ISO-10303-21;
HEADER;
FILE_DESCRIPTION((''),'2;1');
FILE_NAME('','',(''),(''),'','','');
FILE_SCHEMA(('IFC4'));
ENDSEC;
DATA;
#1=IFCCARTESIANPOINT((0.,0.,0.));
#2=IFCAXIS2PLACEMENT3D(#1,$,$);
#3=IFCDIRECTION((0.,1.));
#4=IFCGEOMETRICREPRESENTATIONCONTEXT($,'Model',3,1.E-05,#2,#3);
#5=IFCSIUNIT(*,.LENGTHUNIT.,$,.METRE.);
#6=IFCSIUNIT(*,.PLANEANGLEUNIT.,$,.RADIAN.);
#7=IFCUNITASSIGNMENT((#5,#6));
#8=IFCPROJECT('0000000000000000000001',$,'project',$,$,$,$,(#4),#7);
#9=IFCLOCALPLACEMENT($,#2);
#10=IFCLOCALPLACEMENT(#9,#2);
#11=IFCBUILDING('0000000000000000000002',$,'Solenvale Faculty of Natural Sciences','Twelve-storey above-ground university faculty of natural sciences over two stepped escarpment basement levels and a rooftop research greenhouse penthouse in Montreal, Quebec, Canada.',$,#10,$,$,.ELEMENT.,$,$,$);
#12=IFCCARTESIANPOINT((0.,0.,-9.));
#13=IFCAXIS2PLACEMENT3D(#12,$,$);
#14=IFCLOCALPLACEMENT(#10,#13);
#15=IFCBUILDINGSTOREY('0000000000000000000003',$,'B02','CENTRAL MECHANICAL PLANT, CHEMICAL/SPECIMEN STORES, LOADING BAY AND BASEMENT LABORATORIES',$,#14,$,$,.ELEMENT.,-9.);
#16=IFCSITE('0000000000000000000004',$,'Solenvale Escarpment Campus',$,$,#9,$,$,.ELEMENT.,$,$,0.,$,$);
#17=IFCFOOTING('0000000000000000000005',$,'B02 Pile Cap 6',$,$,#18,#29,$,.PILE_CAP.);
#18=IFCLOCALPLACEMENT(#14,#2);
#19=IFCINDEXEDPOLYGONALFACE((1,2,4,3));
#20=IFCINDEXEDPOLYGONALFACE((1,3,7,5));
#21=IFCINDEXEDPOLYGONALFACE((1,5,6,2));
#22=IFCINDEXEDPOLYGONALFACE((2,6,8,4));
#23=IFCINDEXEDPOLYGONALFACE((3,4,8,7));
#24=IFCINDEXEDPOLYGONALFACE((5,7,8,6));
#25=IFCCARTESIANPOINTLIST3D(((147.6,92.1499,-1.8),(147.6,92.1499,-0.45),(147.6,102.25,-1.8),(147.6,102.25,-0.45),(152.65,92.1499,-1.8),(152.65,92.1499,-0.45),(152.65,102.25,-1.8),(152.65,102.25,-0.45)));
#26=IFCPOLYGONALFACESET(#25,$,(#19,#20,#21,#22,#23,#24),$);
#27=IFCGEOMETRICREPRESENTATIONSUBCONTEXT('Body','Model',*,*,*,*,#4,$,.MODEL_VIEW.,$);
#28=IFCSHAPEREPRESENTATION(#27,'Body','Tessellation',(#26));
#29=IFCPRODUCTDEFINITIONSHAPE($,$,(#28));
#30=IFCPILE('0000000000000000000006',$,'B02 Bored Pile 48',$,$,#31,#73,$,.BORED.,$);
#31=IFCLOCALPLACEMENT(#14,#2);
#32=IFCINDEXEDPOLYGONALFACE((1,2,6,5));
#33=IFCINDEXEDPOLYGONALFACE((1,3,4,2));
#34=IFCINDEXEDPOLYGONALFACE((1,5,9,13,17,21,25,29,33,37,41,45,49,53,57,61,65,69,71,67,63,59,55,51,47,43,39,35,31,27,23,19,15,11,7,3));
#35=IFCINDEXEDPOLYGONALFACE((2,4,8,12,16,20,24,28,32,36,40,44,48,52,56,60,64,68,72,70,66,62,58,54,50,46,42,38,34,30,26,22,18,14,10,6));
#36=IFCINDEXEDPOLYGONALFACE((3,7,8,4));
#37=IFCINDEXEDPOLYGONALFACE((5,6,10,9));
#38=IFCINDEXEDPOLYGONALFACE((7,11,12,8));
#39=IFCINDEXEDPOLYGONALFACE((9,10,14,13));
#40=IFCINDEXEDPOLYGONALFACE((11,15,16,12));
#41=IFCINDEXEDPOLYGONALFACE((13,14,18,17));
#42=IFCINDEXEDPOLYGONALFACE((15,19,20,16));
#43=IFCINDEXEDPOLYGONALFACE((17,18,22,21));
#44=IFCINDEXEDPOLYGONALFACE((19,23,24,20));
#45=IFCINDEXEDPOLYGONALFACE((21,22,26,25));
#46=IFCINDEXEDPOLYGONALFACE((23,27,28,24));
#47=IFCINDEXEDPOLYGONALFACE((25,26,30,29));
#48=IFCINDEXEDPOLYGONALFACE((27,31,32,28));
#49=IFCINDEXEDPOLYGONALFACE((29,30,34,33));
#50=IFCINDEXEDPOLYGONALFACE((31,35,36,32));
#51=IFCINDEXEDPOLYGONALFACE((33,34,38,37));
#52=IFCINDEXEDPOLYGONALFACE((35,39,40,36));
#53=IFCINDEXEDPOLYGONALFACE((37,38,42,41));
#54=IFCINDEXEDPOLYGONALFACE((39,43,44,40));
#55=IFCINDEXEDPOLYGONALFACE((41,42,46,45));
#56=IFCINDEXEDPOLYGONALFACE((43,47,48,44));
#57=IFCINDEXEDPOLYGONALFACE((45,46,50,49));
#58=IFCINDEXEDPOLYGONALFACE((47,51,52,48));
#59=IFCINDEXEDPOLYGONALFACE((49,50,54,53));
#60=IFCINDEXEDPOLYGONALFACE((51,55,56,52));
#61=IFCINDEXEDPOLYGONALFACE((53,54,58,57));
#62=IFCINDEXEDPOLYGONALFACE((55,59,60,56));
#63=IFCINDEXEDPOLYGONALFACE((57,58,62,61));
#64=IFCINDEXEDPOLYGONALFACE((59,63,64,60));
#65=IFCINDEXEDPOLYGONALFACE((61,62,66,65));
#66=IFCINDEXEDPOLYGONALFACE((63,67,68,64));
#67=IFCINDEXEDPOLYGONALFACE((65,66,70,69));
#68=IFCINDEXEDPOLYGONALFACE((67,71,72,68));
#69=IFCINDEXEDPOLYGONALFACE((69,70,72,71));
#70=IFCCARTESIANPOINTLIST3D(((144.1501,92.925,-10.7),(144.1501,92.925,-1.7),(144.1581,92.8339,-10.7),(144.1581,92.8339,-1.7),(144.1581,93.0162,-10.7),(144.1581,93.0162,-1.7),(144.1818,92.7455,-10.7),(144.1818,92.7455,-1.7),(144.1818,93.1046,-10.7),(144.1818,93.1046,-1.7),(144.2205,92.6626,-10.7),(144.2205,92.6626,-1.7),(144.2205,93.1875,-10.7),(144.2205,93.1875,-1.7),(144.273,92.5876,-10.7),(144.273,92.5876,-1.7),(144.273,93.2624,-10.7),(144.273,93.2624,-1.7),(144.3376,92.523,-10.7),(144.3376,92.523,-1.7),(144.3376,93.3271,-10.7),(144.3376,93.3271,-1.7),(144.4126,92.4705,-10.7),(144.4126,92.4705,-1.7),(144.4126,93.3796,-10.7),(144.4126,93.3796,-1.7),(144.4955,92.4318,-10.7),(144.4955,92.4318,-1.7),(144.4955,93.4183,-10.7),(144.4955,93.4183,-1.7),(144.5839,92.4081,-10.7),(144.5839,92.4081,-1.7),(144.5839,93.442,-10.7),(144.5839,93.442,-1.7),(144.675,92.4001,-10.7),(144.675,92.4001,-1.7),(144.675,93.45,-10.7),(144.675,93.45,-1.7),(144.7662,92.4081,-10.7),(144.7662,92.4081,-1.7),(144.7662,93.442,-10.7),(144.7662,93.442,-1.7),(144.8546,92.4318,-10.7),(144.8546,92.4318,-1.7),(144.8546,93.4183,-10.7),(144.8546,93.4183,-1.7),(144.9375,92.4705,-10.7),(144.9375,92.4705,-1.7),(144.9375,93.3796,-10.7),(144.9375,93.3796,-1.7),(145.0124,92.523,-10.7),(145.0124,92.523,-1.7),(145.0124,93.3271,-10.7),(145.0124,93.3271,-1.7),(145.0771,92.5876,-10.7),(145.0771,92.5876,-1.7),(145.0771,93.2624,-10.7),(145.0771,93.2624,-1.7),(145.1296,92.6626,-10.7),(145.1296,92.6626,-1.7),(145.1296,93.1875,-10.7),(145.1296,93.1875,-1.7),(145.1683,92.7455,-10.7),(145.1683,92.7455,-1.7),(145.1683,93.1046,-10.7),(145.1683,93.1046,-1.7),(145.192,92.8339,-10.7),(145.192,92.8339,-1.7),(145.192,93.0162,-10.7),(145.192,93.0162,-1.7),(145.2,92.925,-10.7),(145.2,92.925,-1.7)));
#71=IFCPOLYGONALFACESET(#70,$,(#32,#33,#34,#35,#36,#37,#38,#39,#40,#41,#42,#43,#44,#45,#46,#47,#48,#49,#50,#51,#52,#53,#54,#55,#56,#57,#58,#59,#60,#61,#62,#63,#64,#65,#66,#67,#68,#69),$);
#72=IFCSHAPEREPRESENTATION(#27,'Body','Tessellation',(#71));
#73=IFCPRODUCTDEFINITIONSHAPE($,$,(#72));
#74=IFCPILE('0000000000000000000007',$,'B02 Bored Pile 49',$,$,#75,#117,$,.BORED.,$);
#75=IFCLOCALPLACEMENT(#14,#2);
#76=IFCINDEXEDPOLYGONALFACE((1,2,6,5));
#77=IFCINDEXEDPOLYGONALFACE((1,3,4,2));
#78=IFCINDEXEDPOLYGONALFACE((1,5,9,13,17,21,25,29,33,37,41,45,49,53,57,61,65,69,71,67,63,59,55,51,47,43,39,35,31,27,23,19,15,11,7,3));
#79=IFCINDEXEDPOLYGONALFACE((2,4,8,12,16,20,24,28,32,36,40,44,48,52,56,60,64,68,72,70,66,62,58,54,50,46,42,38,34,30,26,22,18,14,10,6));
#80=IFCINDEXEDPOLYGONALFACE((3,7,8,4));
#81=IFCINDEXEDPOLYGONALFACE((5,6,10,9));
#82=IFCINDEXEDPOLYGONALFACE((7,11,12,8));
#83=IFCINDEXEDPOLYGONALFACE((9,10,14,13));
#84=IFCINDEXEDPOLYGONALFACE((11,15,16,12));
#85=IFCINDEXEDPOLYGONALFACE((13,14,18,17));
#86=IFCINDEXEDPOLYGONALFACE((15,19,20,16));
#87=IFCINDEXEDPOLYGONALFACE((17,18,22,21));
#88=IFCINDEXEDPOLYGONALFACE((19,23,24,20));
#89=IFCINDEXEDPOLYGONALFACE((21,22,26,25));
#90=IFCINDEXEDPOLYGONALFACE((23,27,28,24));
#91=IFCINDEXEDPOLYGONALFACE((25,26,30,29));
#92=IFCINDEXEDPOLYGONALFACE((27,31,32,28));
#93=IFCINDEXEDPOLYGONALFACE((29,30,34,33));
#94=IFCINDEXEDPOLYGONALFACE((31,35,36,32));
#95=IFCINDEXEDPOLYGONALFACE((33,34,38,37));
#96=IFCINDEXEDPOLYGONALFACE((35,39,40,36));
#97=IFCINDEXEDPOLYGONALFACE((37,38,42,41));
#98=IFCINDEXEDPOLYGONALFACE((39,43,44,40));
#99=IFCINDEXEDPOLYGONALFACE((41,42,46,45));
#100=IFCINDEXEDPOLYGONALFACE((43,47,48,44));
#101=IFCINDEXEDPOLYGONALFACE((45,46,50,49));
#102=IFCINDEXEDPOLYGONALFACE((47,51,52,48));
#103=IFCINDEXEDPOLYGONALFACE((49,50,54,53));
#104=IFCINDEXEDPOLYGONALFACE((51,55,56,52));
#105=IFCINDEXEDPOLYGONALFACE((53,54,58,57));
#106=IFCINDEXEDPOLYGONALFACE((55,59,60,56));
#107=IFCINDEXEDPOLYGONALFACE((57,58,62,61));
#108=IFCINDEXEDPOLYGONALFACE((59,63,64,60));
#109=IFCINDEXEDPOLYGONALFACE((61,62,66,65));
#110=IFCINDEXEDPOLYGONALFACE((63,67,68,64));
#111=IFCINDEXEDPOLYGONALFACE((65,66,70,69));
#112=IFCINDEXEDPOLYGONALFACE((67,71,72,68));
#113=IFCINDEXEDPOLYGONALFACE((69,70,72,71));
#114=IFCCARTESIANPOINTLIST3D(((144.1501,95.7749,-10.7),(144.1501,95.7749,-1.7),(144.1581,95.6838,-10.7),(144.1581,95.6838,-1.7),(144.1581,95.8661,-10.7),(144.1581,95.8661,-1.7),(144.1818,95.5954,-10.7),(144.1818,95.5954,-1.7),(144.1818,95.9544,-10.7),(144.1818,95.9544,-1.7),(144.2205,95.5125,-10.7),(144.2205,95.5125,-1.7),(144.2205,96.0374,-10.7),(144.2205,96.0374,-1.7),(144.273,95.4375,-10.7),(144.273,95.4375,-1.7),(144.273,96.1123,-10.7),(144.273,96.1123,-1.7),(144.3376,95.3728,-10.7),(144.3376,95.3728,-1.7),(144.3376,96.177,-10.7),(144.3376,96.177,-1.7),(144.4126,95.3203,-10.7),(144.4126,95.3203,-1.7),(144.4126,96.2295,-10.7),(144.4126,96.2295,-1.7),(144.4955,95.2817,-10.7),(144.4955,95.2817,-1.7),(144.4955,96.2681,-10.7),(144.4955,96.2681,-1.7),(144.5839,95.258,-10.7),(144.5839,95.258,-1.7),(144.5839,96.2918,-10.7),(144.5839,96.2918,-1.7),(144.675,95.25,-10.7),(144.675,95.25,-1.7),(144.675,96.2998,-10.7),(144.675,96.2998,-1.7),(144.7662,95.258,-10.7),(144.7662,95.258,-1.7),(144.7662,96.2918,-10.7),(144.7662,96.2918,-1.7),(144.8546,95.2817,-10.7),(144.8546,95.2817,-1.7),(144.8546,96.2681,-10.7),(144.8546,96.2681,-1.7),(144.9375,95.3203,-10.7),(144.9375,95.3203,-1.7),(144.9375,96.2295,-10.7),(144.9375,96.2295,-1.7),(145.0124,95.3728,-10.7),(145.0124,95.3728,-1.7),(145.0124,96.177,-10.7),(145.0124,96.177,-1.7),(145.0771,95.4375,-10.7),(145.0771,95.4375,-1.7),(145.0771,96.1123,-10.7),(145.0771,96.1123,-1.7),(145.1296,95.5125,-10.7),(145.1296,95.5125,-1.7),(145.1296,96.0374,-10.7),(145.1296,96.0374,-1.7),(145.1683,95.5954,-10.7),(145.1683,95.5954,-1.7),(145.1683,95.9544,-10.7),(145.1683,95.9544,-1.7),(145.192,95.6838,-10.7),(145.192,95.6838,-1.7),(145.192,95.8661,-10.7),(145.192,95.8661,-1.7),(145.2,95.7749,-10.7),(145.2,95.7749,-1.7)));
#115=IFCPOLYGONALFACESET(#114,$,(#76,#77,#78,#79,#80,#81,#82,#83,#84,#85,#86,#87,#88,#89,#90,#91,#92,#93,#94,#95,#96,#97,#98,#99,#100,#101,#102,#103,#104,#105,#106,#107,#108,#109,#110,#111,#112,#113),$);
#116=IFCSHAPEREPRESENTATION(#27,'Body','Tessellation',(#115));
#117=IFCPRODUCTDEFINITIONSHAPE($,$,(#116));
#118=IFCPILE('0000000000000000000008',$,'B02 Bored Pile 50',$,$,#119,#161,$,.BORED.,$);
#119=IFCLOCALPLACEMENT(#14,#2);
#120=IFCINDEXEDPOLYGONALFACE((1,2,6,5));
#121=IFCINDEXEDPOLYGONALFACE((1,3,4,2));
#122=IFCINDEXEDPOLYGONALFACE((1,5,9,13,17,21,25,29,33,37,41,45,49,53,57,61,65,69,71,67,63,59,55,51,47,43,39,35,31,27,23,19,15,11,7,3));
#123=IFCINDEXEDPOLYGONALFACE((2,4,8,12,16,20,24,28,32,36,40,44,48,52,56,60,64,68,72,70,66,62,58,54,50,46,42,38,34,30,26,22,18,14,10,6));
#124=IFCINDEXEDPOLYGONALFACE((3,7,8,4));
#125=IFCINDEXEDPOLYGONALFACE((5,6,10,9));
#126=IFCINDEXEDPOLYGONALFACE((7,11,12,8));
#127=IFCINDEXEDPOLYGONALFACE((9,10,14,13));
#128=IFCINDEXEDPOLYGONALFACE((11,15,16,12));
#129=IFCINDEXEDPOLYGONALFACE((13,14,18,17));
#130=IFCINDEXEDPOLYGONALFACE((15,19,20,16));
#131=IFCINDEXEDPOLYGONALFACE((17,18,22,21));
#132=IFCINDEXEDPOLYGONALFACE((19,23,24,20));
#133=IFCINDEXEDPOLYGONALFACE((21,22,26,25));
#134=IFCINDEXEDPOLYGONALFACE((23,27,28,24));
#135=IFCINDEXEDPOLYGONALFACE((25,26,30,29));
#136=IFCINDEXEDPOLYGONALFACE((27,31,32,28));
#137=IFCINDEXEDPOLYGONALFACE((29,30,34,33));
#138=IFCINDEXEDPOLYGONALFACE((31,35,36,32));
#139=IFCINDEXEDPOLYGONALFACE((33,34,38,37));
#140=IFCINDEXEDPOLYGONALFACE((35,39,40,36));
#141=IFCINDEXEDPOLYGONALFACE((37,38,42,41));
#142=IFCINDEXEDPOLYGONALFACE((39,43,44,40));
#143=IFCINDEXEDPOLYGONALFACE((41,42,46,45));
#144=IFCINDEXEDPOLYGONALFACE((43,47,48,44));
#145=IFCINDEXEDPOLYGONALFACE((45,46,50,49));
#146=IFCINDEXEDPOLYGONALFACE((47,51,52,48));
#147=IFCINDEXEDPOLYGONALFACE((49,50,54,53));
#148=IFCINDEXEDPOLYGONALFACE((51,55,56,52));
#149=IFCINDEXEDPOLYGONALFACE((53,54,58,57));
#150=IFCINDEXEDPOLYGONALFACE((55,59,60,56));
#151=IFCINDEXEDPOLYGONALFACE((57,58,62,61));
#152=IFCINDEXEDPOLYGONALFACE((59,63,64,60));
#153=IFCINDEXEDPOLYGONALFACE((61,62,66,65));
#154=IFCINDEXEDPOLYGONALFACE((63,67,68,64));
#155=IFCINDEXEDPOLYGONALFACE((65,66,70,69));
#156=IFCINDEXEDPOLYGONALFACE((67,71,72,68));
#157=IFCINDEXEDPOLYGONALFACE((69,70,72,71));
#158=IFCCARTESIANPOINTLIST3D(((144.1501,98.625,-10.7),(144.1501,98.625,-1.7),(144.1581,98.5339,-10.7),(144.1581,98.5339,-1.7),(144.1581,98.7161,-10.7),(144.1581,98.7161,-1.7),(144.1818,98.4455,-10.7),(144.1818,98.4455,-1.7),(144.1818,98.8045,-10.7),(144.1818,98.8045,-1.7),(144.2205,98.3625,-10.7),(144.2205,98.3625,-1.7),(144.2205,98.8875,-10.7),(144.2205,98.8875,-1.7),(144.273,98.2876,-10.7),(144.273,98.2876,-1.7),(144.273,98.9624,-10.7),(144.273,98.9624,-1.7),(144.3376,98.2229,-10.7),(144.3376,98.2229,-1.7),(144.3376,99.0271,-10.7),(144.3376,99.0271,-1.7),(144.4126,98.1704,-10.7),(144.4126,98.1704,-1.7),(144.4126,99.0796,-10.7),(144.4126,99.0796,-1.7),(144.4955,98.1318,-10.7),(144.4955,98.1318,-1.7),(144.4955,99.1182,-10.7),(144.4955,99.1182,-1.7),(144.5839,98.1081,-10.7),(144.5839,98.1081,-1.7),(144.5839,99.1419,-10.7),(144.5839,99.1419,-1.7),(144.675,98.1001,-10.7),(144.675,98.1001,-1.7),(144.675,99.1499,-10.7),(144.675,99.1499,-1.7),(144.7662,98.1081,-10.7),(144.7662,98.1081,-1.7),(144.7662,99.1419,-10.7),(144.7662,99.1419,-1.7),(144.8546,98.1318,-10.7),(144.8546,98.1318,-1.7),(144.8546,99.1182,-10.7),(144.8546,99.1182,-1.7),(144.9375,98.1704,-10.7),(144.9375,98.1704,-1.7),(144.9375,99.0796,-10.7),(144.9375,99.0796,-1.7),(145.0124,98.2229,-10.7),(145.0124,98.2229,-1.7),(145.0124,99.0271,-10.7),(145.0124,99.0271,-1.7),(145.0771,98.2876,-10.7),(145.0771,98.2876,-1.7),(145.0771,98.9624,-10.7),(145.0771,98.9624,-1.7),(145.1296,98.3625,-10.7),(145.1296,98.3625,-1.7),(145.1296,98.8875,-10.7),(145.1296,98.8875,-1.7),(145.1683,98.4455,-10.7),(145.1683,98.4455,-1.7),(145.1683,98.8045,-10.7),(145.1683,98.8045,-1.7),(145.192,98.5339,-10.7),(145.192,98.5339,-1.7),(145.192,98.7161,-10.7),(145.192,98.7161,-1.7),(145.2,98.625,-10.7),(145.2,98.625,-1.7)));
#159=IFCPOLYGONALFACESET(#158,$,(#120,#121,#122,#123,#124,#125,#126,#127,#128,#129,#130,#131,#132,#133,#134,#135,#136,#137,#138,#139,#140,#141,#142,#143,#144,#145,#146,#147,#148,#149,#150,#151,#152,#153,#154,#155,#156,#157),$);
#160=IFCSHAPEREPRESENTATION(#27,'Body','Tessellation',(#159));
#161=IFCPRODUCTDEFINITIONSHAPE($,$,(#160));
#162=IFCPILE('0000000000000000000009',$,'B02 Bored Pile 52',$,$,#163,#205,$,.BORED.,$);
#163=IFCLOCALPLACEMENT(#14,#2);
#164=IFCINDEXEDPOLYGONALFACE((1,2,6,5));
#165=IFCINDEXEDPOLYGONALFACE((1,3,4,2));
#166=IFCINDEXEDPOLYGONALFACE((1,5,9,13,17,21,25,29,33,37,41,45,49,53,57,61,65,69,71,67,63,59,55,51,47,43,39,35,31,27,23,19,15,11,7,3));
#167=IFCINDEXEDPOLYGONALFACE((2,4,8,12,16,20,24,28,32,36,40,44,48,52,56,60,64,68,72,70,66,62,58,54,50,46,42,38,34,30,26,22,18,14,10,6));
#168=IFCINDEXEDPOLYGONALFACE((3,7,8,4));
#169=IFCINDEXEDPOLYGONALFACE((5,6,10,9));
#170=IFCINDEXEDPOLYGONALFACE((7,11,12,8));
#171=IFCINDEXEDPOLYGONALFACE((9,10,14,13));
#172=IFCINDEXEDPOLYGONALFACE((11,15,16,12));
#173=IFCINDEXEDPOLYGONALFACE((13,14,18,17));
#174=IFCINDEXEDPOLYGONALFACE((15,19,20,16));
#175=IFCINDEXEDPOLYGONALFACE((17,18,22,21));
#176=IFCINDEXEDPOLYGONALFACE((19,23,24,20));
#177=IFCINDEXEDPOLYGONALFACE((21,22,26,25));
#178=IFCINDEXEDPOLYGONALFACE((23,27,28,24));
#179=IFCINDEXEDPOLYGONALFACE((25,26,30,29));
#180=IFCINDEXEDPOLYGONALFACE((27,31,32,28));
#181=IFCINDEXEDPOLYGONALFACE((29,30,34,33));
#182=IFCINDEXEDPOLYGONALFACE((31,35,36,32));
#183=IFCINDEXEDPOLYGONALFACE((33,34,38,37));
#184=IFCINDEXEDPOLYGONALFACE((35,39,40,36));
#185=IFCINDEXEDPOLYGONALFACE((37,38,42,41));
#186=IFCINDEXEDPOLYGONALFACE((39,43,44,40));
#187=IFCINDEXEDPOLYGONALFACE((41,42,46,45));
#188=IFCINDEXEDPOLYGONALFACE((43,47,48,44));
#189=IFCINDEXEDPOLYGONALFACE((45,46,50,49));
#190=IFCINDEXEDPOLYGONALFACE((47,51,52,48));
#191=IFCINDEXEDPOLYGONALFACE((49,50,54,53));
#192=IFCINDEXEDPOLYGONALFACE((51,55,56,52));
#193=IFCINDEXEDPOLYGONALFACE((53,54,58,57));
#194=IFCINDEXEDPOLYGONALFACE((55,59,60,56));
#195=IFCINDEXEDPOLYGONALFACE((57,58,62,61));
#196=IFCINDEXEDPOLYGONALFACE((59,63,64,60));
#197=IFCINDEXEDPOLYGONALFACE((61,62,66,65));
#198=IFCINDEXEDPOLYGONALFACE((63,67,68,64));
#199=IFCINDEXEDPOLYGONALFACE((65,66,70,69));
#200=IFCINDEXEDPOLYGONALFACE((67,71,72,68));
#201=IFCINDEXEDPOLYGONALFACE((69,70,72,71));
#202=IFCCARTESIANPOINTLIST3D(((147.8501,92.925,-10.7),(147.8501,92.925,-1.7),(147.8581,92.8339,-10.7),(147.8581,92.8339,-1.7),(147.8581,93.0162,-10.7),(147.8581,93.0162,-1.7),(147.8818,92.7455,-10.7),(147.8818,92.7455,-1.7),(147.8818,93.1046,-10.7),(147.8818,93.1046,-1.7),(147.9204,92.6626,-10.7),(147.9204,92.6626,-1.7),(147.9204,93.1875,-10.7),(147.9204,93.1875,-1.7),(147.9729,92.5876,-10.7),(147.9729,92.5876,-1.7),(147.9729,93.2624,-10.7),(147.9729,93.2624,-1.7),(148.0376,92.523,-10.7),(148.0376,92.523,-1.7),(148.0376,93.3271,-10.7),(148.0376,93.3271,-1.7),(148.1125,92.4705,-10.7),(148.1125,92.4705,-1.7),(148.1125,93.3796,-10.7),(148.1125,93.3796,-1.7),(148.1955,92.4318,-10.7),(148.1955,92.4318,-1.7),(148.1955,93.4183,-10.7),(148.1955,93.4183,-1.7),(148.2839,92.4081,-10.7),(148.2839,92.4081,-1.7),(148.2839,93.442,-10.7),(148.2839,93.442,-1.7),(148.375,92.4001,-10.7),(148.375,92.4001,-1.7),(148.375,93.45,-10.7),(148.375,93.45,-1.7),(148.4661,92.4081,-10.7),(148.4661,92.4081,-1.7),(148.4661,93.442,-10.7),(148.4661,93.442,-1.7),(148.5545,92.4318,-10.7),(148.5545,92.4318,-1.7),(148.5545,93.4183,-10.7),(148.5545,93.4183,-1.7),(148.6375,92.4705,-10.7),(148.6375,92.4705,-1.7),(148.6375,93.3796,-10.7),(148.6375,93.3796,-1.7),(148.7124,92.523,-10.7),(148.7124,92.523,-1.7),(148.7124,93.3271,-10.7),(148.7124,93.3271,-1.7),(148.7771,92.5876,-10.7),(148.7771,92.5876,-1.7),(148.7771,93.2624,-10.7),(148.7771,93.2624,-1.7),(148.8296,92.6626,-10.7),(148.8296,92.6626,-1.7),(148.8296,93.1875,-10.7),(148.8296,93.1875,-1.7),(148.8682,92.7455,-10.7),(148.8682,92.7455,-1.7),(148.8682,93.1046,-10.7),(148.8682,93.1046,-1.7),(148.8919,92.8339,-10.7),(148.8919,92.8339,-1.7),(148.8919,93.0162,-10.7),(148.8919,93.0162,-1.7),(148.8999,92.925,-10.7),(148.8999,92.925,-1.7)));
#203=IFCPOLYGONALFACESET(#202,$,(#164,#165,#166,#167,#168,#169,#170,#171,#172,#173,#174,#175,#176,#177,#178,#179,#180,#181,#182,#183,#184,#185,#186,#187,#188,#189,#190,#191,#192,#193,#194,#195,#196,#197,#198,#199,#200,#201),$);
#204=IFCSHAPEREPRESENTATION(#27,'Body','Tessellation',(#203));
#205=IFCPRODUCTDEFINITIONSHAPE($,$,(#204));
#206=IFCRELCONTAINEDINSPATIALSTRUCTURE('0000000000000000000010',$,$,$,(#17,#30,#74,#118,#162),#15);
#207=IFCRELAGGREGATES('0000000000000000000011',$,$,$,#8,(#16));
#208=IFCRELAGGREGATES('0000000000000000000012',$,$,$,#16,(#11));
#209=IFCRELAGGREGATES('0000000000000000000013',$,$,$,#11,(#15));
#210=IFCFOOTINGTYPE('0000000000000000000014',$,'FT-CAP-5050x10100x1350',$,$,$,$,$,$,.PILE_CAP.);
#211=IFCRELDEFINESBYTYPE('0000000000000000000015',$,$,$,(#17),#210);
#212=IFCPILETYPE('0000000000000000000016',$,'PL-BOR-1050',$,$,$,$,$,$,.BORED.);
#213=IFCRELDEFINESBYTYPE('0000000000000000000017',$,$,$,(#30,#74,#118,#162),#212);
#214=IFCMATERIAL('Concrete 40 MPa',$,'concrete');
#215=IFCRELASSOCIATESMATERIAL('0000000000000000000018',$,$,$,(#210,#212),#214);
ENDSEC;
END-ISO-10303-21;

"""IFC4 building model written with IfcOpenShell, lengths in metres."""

from ifc_helpers import new_model, si_unit, direction, frame, origin, origin_2d, place, context, subcontext, project, spatial, rectangle, circle, extrude, material, material_profile, profile_set, type_object, element, save


model = new_model("IFC4")

# Units and contexts
model_context = context("Model", 3, precision=1e-05, world=origin(), true_north=direction((0.0, 1.0)))
body_context = subcontext(model_context, "Body", "Model", "MODEL_VIEW")
ifc_project = project(units=[si_unit("LENGTHUNIT", "METRE"), si_unit("PLANEANGLEUNIT", "RADIAN")], contexts=[model_context])

# Site, building, storey
site_placement = place(None, origin())
site = spatial("IfcSite", under=ifc_project, at=site_placement, Name="Solenvale Escarpment Campus", CompositionType="ELEMENT", RefElevation=0.0)
building_placement = place(site_placement, origin())
building = spatial("IfcBuilding", under=site, at=building_placement, Name="Solenvale Faculty of Natural Sciences", Description="Twelve-storey above-ground university faculty of natural sciences over two stepped escarpment basement levels and a rooftop research greenhouse penthouse in Montreal, Quebec, Canada.", CompositionType="ELEMENT")
storey_placement = place(building_placement, frame((0.0, 0.0, -9.0)))
storey = spatial("IfcBuildingStorey", under=building, at=storey_placement, Name="B02", Description="CENTRAL MECHANICAL PLANT, CHEMICAL/SPECIMEN STORES, LOADING BAY AND BASEMENT LABORATORIES", CompositionType="ELEMENT", Elevation=-9.0)

# Footing
ifc_material_1 = material(Name="Concrete 40 MPa", Category="concrete")
footing_type = type_object("IfcFootingType", Name="FT-CAP-5050x10100x1350", PredefinedType="PILE_CAP", material=ifc_material_1)
footing_placement = place(storey_placement, frame((150.125, 97.2, -1.8), z_axis=(0.0, 0.0, 1.0), x_axis=(1.0, 0.0, 0.0)))
element("IfcFooting", 1, at=footing_placement, inside=storey, type_object=footing_type, Name="B02 Pile Cap 6", PredefinedType="PILE_CAP", context=body_context, shape_type="SweptSolid", body=[
    extrude(rectangle(XDim=5.05, YDim=10.1001, at=origin_2d()), origin(), (0.0, 0.0, 1.0), 1.3501),
])

# Piles
ifc_material_profile_1 = material_profile(ifc_material_1, circle(Radius=0.5249, at=origin_2d()), Name="PILE-D1050")
ifc_profile_set_1 = profile_set([ifc_material_profile_1], Name="Concrete 40 MPa")
pile_type = type_object("IfcPileType", Name="PL-BOR-1050", PredefinedType="BORED", material=ifc_profile_set_1)
for number, where, z_axis, x_axis, name in (
    (2, (144.675, 92.925, -1.7), (0.0, 0.0, -1.0), (1.0, 0.0, 0.0), "B02 Bored Pile 48"),
    (3, (144.675, 95.7749, -1.7), (0.0, 0.0, -1.0), (1.0, 0.0, 0.0), "B02 Bored Pile 49"),
    (4, (144.675, 98.625, -1.7), (0.0, 0.0, -1.0), (1.0, 0.0, 0.0), "B02 Bored Pile 50"),
    (5, (148.375, 92.925, -1.7), (0.0, 0.0, -1.0), (1.0, 0.0, 0.0), "B02 Bored Pile 52"),
):
    element("IfcPile", number, at=place(storey_placement, frame(where, z_axis=z_axis, x_axis=x_axis)), inside=storey, type_object=pile_type, Name=name, PredefinedType="BORED", context=body_context, shape_type="SweptSolid", body=[
        extrude(circle(Radius=0.5249, at=origin_2d()), origin(), (0.0, 0.0, 1.0), 9.0),
    ])

save(model, "model.ifc")
